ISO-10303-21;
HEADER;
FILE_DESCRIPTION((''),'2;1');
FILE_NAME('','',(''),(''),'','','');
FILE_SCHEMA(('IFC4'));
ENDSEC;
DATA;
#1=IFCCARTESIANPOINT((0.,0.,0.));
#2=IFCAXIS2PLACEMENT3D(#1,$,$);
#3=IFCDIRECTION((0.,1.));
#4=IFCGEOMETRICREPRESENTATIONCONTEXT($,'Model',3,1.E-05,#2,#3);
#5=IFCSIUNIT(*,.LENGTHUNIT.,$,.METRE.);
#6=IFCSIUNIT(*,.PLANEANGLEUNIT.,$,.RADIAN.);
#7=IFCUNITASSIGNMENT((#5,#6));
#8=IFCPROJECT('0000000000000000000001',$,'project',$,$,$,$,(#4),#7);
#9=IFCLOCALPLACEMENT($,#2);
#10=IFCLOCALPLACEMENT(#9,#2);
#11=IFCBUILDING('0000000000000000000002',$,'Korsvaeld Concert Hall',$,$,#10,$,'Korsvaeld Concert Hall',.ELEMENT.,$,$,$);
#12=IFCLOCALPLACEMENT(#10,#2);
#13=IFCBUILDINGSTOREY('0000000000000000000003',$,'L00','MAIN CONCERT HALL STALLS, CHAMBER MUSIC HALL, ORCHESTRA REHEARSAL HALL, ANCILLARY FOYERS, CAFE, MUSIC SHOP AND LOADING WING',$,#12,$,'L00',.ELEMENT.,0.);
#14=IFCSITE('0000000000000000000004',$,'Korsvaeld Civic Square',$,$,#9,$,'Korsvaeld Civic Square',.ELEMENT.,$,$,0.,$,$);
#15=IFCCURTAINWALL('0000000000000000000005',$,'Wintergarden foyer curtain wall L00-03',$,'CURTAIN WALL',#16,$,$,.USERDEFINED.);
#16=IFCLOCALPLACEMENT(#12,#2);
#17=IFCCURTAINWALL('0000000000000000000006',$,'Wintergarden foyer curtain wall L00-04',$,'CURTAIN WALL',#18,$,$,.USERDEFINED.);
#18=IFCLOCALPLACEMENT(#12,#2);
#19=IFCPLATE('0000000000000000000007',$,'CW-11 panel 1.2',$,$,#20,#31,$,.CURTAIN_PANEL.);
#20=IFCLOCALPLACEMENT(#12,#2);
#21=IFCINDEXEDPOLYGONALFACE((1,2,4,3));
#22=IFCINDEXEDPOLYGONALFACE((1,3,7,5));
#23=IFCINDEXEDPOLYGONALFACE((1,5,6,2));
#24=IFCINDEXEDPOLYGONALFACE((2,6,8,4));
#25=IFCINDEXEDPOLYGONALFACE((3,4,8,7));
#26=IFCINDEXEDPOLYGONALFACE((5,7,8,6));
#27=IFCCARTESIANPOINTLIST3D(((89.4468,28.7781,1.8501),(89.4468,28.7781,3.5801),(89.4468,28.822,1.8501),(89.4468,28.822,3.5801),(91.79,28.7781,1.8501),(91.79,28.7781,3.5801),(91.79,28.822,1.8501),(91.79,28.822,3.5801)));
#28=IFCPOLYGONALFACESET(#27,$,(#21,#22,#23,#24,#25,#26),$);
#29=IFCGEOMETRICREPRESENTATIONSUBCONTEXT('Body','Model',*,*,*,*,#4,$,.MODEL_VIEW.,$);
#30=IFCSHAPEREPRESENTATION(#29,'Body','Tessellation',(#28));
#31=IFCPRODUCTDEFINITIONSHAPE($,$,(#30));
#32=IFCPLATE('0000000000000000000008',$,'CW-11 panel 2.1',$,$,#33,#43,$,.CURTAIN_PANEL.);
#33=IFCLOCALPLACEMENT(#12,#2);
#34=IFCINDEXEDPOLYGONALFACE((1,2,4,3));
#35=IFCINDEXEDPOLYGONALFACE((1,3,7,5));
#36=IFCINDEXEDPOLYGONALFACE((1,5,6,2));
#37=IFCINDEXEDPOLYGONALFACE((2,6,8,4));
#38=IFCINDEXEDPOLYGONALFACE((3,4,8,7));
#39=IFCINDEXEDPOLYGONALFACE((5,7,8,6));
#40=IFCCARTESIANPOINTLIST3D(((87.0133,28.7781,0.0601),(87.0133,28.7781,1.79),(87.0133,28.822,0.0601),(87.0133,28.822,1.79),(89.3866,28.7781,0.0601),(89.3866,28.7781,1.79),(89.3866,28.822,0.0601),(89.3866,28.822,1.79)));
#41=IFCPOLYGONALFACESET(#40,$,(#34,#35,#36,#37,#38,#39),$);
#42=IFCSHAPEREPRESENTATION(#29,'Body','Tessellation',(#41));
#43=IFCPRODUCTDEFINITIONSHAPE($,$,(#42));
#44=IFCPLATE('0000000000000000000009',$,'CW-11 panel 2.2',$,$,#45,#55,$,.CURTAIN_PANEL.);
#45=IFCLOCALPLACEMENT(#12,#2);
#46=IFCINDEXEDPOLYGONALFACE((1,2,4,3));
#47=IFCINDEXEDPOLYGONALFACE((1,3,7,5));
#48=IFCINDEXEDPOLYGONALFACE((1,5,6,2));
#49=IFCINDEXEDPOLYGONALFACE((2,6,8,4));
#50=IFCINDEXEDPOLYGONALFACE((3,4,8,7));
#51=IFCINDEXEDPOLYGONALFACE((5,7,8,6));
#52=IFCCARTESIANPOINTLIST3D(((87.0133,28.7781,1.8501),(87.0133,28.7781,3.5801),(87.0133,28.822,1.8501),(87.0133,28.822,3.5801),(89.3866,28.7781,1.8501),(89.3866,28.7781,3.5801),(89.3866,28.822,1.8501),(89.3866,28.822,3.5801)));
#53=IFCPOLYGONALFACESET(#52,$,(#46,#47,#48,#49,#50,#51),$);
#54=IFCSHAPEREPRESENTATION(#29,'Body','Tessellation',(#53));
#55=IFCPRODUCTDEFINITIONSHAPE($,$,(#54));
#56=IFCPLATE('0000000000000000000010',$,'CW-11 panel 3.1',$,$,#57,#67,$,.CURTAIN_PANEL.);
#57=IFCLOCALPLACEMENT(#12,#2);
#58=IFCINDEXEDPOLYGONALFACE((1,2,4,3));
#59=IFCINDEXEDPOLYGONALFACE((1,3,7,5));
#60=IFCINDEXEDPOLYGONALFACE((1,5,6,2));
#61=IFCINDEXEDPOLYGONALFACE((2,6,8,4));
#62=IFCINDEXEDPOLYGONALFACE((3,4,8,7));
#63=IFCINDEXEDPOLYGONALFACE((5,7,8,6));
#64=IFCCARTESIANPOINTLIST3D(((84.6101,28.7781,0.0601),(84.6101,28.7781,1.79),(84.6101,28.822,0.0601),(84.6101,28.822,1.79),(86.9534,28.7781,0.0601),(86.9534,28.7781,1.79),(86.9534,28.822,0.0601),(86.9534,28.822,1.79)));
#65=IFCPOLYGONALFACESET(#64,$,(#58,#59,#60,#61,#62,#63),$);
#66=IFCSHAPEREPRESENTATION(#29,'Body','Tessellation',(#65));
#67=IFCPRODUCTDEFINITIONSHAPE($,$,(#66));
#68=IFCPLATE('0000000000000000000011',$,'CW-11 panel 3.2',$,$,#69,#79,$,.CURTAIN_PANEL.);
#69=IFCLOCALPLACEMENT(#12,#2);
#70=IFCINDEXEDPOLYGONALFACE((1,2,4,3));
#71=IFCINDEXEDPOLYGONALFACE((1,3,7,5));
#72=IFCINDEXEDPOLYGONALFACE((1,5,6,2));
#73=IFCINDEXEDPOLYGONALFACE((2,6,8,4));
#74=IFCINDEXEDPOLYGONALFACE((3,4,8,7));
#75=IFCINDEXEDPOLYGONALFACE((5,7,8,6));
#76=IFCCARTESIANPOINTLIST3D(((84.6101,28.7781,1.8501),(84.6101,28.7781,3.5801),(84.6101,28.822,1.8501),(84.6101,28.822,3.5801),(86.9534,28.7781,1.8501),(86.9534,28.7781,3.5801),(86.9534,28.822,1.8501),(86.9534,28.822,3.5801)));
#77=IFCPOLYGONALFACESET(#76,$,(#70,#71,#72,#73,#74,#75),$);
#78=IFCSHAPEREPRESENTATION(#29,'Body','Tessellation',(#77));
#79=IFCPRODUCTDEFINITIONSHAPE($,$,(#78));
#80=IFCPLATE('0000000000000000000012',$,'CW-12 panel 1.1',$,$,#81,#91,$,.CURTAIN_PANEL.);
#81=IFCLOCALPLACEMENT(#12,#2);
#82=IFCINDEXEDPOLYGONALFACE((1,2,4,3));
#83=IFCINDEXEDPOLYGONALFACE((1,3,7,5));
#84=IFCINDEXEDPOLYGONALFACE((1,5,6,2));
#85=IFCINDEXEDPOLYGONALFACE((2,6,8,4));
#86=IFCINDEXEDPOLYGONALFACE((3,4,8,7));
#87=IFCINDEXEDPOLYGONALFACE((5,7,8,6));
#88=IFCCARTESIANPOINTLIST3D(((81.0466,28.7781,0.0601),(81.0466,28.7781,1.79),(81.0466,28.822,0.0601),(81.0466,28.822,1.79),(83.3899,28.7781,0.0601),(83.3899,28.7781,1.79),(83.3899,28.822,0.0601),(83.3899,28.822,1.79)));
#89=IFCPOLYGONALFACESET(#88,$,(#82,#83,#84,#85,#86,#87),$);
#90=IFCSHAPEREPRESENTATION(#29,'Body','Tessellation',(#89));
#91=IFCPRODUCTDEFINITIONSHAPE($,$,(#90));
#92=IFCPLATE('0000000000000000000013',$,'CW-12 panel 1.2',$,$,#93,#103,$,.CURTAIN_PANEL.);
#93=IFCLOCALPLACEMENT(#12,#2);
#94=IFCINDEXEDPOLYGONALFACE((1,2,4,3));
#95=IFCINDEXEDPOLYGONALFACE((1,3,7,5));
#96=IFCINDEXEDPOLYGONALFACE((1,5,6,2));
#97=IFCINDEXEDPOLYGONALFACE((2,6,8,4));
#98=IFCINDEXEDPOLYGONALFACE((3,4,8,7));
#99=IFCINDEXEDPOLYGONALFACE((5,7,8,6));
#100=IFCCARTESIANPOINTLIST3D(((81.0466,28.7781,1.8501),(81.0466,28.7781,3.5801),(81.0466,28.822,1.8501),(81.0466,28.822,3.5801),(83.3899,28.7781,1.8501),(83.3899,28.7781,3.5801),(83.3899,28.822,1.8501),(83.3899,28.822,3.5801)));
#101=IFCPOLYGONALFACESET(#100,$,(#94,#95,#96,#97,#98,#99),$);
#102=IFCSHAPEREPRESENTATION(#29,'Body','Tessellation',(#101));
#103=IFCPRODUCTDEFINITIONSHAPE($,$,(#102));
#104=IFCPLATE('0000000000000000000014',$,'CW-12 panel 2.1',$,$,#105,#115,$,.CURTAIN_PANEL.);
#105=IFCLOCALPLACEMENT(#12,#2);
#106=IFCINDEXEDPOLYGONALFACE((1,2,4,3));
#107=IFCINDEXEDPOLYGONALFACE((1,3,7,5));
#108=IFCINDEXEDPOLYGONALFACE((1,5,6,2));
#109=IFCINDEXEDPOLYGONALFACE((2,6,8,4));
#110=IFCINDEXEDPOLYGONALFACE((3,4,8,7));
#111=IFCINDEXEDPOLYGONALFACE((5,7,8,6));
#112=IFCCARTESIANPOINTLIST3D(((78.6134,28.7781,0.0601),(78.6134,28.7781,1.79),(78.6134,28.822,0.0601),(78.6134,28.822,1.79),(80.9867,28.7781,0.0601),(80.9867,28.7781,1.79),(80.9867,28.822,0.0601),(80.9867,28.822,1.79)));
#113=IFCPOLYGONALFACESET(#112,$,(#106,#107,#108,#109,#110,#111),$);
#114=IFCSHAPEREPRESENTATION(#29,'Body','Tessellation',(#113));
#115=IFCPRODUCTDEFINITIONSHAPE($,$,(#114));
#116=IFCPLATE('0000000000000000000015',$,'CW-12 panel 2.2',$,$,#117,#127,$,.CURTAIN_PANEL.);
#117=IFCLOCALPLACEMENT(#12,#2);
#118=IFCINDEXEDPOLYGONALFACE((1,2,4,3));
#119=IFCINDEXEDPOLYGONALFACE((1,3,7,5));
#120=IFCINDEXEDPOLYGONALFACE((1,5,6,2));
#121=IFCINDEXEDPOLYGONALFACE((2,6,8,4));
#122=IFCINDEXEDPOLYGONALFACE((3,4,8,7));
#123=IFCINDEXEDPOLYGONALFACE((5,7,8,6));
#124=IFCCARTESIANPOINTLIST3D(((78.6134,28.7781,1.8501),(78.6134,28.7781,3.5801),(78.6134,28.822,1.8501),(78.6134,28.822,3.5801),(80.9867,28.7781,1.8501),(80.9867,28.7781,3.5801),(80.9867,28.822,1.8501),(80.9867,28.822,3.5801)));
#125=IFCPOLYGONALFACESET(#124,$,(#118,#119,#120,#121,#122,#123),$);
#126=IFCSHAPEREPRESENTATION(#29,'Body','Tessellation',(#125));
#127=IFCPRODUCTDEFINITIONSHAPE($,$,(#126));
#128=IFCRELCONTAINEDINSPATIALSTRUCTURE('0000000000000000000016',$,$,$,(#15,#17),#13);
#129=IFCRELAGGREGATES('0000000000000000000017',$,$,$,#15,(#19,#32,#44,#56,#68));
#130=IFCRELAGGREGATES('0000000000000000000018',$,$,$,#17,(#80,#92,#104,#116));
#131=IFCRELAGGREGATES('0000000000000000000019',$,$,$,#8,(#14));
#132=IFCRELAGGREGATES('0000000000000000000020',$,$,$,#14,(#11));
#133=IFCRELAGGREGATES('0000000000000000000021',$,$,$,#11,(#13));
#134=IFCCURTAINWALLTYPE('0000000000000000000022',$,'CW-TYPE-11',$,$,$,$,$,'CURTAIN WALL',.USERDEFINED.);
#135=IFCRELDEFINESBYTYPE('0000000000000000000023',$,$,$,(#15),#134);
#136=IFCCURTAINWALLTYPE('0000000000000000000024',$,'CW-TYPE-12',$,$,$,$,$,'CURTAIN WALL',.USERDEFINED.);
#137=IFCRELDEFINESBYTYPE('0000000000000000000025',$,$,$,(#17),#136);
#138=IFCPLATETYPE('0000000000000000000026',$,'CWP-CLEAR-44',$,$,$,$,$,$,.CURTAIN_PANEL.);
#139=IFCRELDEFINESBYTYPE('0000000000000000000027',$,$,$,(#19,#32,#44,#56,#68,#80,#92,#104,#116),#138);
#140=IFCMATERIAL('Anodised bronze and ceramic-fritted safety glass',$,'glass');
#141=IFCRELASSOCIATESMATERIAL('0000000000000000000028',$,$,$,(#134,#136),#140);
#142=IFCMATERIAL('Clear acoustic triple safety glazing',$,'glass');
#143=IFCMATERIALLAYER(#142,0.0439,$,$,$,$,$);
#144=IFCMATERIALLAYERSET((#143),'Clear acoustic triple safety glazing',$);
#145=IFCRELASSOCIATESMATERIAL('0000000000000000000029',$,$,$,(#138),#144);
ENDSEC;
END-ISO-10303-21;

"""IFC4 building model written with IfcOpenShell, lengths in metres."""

from ifc_helpers import new_model, si_unit, direction, frame, origin, origin_2d, place, context, subcontext, project, spatial, rectangle, extrude, material, layer, layer_set, type_object, element, aggregate, save


model = new_model("IFC4")

# Units and contexts
model_context = context("Model", 3, precision=1e-05, world=origin(), true_north=direction((0.0, 1.0)))
body_context = subcontext(model_context, "Body", "Model", "MODEL_VIEW")
ifc_project = project(units=[si_unit("LENGTHUNIT", "METRE"), si_unit("PLANEANGLEUNIT", "RADIAN")], contexts=[model_context])

# Site, building, storey
site_placement = place(None, origin())
site = spatial("IfcSite", under=ifc_project, at=site_placement, Name="Korsvaeld Civic Square", LongName="Korsvaeld Civic Square", CompositionType="ELEMENT", RefElevation=0.0)
building_placement = place(site_placement, origin())
building = spatial("IfcBuilding", under=site, at=building_placement, Name="Korsvaeld Concert Hall", LongName="Korsvaeld Concert Hall", CompositionType="ELEMENT")
storey_placement = place(building_placement, origin())
storey = spatial("IfcBuildingStorey", under=building, at=storey_placement, Name="L00", Description="MAIN CONCERT HALL STALLS, CHAMBER MUSIC HALL, ORCHESTRA REHEARSAL HALL, ANCILLARY FOYERS, CAFE, MUSIC SHOP AND LOADING WING", LongName="L00", CompositionType="ELEMENT", Elevation=0.0)

# Curtain walls
ifc_material_1 = material(Name="Anodised bronze and ceramic-fritted safety glass", Category="glass")
curtain_wall_type_1 = type_object("IfcCurtainWallType", Name="CW-TYPE-11", ElementType="CURTAIN WALL", PredefinedType="USERDEFINED", material=ifc_material_1)
curtain_wall_1_placement = place(storey_placement, origin())
curtain_wall_1 = element("IfcCurtainWall", 1, at=curtain_wall_1_placement, inside=storey, type_object=curtain_wall_type_1, Name="Wintergarden foyer curtain wall L00-03", ObjectType="CURTAIN WALL", PredefinedType="USERDEFINED")
curtain_wall_type_2 = type_object("IfcCurtainWallType", Name="CW-TYPE-12", ElementType="CURTAIN WALL", PredefinedType="USERDEFINED", material=ifc_material_1)
curtain_wall_2_placement = place(storey_placement, origin())
curtain_wall_2 = element("IfcCurtainWall", 2, at=curtain_wall_2_placement, inside=storey, type_object=curtain_wall_type_2, Name="Wintergarden foyer curtain wall L00-04", ObjectType="CURTAIN WALL", PredefinedType="USERDEFINED")

# Plates
ifc_material_2 = material(Name="Clear acoustic triple safety glazing", Category="glass")
ifc_layer = layer(ifc_material_2, 0.0439)
ifc_layer_set = layer_set([ifc_layer], Name="Clear acoustic triple safety glazing")
plate_type = type_object("IfcPlateType", Name="CWP-CLEAR-44", PredefinedType="CURTAIN_PANEL", material=ifc_layer_set)
plate_1_placement = place(storey_placement, frame((90.6184, 28.8, 1.8501), z_axis=(0.0, 0.0, 1.0), x_axis=(-1.0, 0.0, 0.0)))
plate_1 = element("IfcPlate", 3, at=plate_1_placement, type_object=plate_type, Name="CW-11 panel 1.2", PredefinedType="CURTAIN_PANEL", context=body_context, shape_type="SweptSolid", body=[
    extrude(rectangle(XDim=2.3433, YDim=0.0439, at=origin_2d()), origin(), (0.0, 0.0, 1.0), 1.73),
])
plate_2_placement = place(storey_placement, frame((88.2, 28.8, 0.0601), z_axis=(0.0, 0.0, 1.0), x_axis=(-1.0, 0.0, 0.0)))
plate_2 = element("IfcPlate", 4, at=plate_2_placement, type_object=plate_type, Name="CW-11 panel 2.1", PredefinedType="CURTAIN_PANEL", context=body_context, shape_type="SweptSolid", body=[
    extrude(rectangle(XDim=2.3733, YDim=0.0439, at=origin_2d()), origin(), (0.0, 0.0, 1.0), 1.73),
])
plate_3_placement = place(storey_placement, frame((88.2, 28.8, 1.8501), z_axis=(0.0, 0.0, 1.0), x_axis=(-1.0, 0.0, 0.0)))
plate_3 = element("IfcPlate", 5, at=plate_3_placement, type_object=plate_type, Name="CW-11 panel 2.2", PredefinedType="CURTAIN_PANEL", context=body_context, shape_type="SweptSolid", body=[
    extrude(rectangle(XDim=2.3733, YDim=0.0439, at=origin_2d()), origin(), (0.0, 0.0, 1.0), 1.73),
])
plate_4_placement = place(storey_placement, frame((85.7817, 28.8, 0.0601), z_axis=(0.0, 0.0, 1.0), x_axis=(-1.0, 0.0, 0.0)))
plate_4 = element("IfcPlate", 6, at=plate_4_placement, type_object=plate_type, Name="CW-11 panel 3.1", PredefinedType="CURTAIN_PANEL", context=body_context, shape_type="SweptSolid", body=[
    extrude(rectangle(XDim=2.3433, YDim=0.0439, at=origin_2d()), origin(), (0.0, 0.0, 1.0), 1.73),
])
plate_5_placement = place(storey_placement, frame((85.7817, 28.8, 1.8501), z_axis=(0.0, 0.0, 1.0), x_axis=(-1.0, 0.0, 0.0)))
plate_5 = element("IfcPlate", 7, at=plate_5_placement, type_object=plate_type, Name="CW-11 panel 3.2", PredefinedType="CURTAIN_PANEL", context=body_context, shape_type="SweptSolid", body=[
    extrude(rectangle(XDim=2.3433, YDim=0.0439, at=origin_2d()), origin(), (0.0, 0.0, 1.0), 1.73),
])
aggregate(curtain_wall_1, [plate_1, plate_2, plate_3, plate_4, plate_5])
plate_6_placement = place(storey_placement, frame((82.2183, 28.8, 0.0601), z_axis=(0.0, 0.0, 1.0), x_axis=(-1.0, 0.0, 0.0)))
plate_6 = element("IfcPlate", 8, at=plate_6_placement, type_object=plate_type, Name="CW-12 panel 1.1", PredefinedType="CURTAIN_PANEL", context=body_context, shape_type="SweptSolid", body=[
    extrude(rectangle(XDim=2.3433, YDim=0.0439, at=origin_2d()), origin(), (0.0, 0.0, 1.0), 1.73),
])
plate_7_placement = place(storey_placement, frame((82.2183, 28.8, 1.8501), z_axis=(0.0, 0.0, 1.0), x_axis=(-1.0, 0.0, 0.0)))
plate_7 = element("IfcPlate", 9, at=plate_7_placement, type_object=plate_type, Name="CW-12 panel 1.2", PredefinedType="CURTAIN_PANEL", context=body_context, shape_type="SweptSolid", body=[
    extrude(rectangle(XDim=2.3433, YDim=0.0439, at=origin_2d()), origin(), (0.0, 0.0, 1.0), 1.73),
])
plate_8_placement = place(storey_placement, frame((79.8, 28.8, 0.0601), z_axis=(0.0, 0.0, 1.0), x_axis=(-1.0, 0.0, 0.0)))
plate_8 = element("IfcPlate", 10, at=plate_8_placement, type_object=plate_type, Name="CW-12 panel 2.1", PredefinedType="CURTAIN_PANEL", context=body_context, shape_type="SweptSolid", body=[
    extrude(rectangle(XDim=2.3733, YDim=0.0439, at=origin_2d()), origin(), (0.0, 0.0, 1.0), 1.73),
])
plate_9_placement = place(storey_placement, frame((79.8, 28.8, 1.8501), z_axis=(0.0, 0.0, 1.0), x_axis=(-1.0, 0.0, 0.0)))
plate_9 = element("IfcPlate", 11, at=plate_9_placement, type_object=plate_type, Name="CW-12 panel 2.2", PredefinedType="CURTAIN_PANEL", context=body_context, shape_type="SweptSolid", body=[
    extrude(rectangle(XDim=2.3733, YDim=0.0439, at=origin_2d()), origin(), (0.0, 0.0, 1.0), 1.73),
])
aggregate(curtain_wall_2, [plate_6, plate_7, plate_8, plate_9])

save(model, "model.ifc")
